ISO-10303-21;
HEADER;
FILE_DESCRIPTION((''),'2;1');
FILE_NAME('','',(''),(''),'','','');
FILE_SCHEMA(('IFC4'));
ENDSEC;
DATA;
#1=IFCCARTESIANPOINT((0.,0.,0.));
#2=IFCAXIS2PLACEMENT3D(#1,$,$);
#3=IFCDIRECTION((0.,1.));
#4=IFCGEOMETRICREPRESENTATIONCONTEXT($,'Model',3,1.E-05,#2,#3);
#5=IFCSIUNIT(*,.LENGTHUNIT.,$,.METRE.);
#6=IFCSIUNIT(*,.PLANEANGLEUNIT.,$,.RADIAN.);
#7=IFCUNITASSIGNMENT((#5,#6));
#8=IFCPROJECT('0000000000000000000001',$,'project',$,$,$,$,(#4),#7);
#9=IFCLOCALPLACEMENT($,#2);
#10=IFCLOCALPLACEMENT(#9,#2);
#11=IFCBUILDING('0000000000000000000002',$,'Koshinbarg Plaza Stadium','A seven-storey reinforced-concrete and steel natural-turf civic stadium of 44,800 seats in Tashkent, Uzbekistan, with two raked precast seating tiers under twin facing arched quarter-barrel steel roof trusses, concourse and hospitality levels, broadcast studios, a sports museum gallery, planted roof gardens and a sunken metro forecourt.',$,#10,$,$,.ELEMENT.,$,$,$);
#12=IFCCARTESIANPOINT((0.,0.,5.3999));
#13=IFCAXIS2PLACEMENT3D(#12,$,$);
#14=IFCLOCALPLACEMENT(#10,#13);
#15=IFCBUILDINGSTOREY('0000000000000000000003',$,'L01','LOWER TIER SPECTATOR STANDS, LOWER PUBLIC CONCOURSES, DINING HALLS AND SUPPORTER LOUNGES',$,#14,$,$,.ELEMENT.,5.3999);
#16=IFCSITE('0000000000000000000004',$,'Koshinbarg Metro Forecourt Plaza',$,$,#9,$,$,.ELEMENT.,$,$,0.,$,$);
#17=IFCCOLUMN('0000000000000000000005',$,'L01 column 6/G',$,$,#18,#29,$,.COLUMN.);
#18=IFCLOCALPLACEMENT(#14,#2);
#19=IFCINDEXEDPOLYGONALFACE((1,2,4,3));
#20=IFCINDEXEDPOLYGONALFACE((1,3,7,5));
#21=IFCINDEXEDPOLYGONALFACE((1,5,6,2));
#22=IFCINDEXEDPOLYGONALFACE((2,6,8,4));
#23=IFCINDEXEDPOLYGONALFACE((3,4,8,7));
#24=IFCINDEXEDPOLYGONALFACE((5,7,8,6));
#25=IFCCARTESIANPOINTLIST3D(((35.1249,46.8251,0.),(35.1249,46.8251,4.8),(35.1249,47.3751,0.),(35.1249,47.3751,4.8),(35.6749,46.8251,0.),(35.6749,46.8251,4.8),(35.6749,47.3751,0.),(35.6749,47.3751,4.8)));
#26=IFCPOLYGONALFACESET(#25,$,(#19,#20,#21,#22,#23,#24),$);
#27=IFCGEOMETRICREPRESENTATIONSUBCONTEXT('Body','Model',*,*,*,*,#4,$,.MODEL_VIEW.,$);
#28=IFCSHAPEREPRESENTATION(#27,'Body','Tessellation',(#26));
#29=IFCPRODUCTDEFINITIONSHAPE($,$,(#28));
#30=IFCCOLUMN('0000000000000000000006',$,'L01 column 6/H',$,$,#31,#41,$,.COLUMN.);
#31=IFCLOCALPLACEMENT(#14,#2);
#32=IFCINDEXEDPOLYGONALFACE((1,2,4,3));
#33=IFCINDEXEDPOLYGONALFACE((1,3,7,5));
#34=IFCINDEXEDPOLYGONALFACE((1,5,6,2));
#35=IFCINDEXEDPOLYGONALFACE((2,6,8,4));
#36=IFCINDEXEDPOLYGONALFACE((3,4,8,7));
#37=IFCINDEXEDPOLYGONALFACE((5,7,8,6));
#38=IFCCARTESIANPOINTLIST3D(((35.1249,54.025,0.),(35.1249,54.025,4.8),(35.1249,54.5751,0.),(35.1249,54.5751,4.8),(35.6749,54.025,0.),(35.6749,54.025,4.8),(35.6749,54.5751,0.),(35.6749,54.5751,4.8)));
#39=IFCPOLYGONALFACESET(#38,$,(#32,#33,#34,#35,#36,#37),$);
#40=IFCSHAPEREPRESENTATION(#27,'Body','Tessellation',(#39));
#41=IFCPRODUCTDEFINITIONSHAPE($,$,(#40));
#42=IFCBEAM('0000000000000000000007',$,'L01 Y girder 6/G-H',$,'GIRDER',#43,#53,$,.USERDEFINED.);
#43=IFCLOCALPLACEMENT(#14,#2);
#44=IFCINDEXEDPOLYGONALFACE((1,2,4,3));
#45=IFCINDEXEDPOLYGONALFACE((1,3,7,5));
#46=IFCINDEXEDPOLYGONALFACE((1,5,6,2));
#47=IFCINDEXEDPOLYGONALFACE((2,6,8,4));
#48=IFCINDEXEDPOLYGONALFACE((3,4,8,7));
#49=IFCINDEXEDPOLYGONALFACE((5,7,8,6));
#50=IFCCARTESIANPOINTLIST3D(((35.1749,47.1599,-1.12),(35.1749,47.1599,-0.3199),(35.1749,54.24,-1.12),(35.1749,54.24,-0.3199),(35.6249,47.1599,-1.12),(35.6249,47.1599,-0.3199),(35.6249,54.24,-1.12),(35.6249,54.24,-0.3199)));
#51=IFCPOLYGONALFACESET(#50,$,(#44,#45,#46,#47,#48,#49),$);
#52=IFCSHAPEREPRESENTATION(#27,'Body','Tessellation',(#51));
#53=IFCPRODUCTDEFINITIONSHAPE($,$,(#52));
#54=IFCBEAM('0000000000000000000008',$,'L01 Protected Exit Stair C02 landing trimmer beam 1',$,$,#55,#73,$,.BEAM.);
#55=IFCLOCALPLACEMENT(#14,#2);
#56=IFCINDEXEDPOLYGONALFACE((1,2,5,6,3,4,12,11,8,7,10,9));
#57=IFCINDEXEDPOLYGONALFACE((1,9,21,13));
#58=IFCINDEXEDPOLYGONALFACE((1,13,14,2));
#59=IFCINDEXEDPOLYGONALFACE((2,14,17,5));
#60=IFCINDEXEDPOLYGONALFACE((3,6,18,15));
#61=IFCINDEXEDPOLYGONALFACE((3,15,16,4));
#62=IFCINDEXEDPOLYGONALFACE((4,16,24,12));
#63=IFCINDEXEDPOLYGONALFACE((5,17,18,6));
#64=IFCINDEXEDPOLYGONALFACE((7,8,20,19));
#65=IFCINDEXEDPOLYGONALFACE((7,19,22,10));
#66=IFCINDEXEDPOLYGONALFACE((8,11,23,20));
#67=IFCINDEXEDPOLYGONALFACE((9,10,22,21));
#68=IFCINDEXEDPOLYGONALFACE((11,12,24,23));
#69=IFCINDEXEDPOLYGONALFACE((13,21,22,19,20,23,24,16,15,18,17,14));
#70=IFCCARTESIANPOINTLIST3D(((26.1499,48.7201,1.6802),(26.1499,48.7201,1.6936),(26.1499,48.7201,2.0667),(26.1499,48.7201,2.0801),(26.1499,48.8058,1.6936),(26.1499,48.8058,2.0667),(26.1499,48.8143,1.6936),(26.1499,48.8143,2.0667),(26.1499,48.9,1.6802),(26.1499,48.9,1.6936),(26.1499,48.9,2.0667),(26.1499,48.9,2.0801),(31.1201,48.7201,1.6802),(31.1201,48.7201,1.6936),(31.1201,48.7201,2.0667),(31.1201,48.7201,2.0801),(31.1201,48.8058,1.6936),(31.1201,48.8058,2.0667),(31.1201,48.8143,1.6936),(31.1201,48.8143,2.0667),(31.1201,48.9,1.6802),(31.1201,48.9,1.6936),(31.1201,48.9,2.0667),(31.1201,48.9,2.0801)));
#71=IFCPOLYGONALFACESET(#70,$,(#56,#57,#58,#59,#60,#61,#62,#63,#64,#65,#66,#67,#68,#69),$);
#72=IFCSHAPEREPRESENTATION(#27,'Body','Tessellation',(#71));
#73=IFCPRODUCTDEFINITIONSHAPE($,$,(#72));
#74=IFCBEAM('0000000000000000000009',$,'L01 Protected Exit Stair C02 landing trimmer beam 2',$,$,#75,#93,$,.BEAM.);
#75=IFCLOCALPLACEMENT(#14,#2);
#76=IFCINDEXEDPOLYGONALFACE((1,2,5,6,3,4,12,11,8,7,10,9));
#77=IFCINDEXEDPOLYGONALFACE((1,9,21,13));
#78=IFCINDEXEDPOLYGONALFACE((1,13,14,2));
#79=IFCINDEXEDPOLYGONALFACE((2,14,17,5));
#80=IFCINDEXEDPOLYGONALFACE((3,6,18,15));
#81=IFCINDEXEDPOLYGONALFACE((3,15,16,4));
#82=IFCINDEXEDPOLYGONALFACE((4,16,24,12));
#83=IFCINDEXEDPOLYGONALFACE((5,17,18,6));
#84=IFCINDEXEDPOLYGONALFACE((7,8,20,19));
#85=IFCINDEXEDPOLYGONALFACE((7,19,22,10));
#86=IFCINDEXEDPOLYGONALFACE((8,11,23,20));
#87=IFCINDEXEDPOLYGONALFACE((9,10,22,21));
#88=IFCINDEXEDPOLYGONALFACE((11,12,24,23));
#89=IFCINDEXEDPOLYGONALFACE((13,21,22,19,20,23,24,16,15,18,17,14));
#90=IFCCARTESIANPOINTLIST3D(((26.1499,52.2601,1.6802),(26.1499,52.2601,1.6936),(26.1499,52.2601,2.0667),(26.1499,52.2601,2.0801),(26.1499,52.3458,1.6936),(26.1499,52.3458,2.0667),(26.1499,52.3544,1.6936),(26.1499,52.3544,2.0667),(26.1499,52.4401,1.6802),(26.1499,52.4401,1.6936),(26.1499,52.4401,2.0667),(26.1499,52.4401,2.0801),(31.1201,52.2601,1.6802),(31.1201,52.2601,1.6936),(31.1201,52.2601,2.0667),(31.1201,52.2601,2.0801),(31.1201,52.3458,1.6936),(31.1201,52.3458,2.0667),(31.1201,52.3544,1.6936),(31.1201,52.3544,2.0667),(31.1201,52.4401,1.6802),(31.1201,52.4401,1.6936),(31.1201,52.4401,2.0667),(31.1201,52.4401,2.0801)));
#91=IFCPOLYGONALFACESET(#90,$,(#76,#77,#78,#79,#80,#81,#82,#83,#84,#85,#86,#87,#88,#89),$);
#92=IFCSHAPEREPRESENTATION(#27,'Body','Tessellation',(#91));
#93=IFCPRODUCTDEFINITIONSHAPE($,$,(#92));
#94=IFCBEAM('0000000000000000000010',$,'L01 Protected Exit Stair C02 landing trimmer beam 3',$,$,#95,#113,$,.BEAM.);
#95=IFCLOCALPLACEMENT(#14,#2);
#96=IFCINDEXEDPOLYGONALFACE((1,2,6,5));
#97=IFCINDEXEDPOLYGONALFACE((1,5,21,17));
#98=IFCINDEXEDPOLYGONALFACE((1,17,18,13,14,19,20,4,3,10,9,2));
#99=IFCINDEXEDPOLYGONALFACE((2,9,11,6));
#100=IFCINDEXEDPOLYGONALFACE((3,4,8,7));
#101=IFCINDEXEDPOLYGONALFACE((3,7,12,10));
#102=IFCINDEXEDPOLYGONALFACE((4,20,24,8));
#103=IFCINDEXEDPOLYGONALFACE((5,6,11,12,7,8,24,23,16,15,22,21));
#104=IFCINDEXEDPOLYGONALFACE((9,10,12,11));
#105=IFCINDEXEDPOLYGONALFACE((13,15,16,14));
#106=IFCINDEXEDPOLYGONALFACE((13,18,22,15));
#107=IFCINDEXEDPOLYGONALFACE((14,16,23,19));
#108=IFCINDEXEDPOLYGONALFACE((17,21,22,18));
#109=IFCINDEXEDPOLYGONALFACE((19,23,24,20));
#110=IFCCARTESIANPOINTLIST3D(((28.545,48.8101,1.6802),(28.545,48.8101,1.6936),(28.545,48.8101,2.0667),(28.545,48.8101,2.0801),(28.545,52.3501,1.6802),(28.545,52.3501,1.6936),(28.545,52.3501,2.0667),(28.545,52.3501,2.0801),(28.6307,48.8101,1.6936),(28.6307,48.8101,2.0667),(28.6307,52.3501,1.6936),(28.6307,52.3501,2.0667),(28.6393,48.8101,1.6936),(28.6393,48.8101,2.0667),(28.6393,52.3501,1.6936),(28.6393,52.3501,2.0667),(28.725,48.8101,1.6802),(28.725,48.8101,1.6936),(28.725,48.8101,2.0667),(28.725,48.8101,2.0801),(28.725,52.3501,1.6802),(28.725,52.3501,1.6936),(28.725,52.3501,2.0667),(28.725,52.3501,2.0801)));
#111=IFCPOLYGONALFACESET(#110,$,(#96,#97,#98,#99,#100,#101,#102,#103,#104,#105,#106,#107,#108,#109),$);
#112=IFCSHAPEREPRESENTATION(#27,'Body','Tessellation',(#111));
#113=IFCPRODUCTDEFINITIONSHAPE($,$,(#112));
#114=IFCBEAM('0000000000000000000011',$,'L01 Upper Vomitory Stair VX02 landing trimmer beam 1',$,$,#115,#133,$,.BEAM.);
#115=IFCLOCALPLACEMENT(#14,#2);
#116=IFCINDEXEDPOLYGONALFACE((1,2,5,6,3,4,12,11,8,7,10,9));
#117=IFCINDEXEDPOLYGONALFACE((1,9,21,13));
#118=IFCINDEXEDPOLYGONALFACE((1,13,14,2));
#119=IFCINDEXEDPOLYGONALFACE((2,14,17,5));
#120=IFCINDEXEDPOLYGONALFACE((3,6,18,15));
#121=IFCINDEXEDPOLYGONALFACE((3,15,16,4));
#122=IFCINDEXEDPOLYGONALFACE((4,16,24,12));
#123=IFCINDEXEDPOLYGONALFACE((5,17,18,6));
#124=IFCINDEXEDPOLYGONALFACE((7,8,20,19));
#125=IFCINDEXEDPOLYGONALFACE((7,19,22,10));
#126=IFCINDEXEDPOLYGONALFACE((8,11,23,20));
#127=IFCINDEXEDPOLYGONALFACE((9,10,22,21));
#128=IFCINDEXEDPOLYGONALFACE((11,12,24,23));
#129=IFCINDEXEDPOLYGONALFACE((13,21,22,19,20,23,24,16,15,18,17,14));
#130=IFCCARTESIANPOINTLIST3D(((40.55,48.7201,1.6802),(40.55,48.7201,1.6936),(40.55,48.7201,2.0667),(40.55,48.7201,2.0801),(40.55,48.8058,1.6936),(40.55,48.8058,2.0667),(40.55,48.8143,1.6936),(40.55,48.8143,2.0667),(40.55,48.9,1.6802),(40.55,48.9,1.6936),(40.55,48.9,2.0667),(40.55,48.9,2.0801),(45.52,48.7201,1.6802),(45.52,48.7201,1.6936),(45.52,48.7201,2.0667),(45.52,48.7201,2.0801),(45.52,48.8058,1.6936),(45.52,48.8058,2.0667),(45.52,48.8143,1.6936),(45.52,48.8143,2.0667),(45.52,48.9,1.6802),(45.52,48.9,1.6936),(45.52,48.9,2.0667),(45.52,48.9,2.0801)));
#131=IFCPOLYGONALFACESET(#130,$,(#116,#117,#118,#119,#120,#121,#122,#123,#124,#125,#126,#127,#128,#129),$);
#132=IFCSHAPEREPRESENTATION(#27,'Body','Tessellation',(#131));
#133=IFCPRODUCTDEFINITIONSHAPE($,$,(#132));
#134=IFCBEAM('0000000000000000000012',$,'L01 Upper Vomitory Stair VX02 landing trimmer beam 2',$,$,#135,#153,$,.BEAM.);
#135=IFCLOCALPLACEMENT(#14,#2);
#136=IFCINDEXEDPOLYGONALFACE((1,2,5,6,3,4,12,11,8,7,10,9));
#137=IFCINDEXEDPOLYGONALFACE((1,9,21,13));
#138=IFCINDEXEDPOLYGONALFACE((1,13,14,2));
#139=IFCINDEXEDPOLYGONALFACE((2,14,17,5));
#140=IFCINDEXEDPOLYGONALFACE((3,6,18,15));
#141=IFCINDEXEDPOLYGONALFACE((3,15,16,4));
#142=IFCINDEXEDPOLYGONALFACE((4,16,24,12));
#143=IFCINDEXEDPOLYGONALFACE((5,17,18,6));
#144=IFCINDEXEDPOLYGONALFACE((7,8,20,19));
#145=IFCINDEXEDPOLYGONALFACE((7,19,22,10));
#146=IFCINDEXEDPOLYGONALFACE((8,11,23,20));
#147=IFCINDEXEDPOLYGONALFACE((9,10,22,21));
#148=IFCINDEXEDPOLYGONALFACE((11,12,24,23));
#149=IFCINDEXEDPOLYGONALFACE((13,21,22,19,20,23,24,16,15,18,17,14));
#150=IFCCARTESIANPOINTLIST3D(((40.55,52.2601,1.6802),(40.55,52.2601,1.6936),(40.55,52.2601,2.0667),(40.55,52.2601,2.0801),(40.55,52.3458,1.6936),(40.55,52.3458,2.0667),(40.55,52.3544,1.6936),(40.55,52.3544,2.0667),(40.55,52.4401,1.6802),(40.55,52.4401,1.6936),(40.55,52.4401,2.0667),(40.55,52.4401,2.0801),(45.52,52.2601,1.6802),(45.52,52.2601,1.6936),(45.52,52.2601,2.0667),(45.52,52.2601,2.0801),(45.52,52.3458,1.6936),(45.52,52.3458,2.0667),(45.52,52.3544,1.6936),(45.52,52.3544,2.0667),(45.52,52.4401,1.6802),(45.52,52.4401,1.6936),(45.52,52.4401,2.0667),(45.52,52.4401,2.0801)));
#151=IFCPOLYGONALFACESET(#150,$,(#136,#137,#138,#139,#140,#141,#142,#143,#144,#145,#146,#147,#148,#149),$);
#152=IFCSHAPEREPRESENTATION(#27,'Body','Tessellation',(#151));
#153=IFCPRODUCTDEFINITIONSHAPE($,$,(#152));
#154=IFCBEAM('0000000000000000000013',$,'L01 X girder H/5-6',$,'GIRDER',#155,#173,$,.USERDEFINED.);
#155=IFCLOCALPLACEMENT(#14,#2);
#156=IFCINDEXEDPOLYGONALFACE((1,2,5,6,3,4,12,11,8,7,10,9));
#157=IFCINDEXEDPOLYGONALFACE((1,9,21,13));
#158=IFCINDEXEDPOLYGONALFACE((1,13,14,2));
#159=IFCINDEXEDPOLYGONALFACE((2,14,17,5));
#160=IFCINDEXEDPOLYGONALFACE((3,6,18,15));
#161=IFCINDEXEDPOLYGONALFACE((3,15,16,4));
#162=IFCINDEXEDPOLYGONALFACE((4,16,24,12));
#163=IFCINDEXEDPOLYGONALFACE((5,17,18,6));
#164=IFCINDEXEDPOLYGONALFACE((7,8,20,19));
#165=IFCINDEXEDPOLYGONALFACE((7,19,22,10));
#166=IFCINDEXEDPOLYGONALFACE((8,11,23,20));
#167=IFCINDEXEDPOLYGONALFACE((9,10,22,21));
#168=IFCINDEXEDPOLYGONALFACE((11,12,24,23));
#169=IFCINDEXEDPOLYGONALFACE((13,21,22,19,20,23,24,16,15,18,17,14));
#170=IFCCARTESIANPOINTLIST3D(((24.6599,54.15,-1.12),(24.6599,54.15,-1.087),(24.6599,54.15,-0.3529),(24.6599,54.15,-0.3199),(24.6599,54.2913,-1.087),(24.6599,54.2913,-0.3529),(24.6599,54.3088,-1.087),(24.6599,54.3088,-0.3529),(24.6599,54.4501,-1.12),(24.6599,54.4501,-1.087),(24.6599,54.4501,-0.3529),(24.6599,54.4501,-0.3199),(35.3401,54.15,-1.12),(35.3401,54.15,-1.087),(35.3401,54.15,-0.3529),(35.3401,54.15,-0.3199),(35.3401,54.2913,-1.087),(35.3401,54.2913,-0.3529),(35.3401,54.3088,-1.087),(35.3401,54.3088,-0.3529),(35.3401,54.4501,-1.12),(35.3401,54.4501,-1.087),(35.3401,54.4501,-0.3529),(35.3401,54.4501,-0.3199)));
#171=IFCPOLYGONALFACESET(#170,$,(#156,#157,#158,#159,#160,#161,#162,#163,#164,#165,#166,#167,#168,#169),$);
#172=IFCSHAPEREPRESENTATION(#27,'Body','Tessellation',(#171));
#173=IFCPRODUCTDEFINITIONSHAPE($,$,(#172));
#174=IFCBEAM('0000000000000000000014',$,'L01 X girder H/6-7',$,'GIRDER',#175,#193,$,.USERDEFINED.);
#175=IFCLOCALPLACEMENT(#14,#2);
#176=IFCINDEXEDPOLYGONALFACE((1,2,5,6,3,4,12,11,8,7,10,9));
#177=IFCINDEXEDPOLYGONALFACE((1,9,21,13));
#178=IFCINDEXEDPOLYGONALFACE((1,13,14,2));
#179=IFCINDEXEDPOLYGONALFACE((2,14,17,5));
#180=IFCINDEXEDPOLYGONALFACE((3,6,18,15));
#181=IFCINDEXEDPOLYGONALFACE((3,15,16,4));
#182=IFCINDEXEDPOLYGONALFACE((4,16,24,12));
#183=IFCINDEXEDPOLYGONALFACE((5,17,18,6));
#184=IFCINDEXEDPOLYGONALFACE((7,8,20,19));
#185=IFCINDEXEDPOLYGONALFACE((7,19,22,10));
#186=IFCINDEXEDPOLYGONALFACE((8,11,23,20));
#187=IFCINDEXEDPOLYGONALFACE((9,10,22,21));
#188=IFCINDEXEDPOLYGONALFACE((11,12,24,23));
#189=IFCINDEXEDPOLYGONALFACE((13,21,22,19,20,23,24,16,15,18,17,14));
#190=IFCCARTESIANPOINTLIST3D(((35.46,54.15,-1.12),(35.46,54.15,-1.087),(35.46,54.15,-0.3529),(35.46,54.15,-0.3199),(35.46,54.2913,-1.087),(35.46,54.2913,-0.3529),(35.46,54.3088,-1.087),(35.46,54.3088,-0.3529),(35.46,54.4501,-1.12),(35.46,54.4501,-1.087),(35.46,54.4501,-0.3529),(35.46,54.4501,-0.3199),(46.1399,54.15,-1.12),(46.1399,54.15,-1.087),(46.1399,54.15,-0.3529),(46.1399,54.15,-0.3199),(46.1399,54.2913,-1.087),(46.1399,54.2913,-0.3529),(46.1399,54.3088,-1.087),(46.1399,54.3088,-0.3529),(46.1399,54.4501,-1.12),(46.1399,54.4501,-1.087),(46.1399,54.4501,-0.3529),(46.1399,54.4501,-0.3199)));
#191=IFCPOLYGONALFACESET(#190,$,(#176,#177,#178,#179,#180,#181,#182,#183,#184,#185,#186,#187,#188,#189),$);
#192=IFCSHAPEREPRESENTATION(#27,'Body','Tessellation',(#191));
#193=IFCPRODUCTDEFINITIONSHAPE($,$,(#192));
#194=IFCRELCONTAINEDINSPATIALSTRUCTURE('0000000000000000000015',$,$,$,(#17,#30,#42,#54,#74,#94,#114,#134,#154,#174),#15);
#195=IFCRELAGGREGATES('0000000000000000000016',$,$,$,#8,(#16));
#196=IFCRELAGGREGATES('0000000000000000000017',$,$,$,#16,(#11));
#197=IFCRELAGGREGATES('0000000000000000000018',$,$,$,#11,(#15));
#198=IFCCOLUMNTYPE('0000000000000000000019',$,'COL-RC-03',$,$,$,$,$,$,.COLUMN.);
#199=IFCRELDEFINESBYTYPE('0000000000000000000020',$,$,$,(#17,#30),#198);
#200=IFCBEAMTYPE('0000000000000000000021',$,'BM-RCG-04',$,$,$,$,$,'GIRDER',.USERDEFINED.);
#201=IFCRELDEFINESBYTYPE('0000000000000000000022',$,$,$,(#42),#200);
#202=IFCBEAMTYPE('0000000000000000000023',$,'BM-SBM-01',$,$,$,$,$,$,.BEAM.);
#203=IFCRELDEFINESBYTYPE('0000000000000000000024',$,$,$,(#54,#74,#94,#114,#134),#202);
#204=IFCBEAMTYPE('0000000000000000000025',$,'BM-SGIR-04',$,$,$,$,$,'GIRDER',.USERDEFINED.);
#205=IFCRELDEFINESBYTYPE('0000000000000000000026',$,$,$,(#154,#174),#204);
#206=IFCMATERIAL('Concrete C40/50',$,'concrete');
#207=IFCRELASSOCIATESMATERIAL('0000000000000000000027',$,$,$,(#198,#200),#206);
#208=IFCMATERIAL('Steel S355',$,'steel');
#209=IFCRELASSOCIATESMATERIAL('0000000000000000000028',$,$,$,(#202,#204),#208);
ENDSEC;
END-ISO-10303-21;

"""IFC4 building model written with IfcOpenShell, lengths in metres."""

from ifc_helpers import new_model, si_unit, direction, frame, origin, origin_2d, place, context, subcontext, project, spatial, rectangle, i_section, extrude, material, material_profile, profile_set, type_object, element, save


model = new_model("IFC4")

# Units and contexts
model_context = context("Model", 3, precision=1e-05, world=origin(), true_north=direction((0.0, 1.0)))
body_context = subcontext(model_context, "Body", "Model", "MODEL_VIEW")
ifc_project = project(units=[si_unit("LENGTHUNIT", "METRE"), si_unit("PLANEANGLEUNIT", "RADIAN")], contexts=[model_context])

# Site, building, storey
site_placement = place(None, origin())
site = spatial("IfcSite", under=ifc_project, at=site_placement, Name="Koshinbarg Metro Forecourt Plaza", CompositionType="ELEMENT", RefElevation=0.0)
building_placement = place(site_placement, origin())
building = spatial("IfcBuilding", under=site, at=building_placement, Name="Koshinbarg Plaza Stadium", Description="A seven-storey reinforced-concrete and steel natural-turf civic stadium of 44,800 seats in Tashkent, Uzbekistan, with two raked precast seating tiers under twin facing arched quarter-barrel steel roof trusses, concourse and hospitality levels, broadcast studios, a sports museum gallery, planted roof gardens and a sunken metro forecourt.", CompositionType="ELEMENT")
storey_placement = place(building_placement, frame((0.0, 0.0, 5.3999)))
storey = spatial("IfcBuildingStorey", under=building, at=storey_placement, Name="L01", Description="LOWER TIER SPECTATOR STANDS, LOWER PUBLIC CONCOURSES, DINING HALLS AND SUPPORTER LOUNGES", CompositionType="ELEMENT", Elevation=5.3999)

# Columns
ifc_material_1 = material(Name="Concrete C40/50", Category="concrete")
ifc_material_profile_1 = material_profile(ifc_material_1, rectangle(XDim=0.55, YDim=0.55, at=origin_2d()), Name="RC 550x550")
ifc_profile_set_1 = profile_set([ifc_material_profile_1], Name="Concrete C40/50")
column_type = type_object("IfcColumnType", Name="COL-RC-03", PredefinedType="COLUMN", material=ifc_profile_set_1)
for number, where, z_axis, x_axis, name in (
    (1, (35.3999, 47.1001, 0.0), (0.0, 0.0, 1.0), (1.0, 0.0, 0.0), "L01 column 6/G"),
    (2, (35.3999, 54.3, 0.0), (0.0, 0.0, 1.0), (1.0, 0.0, 0.0), "L01 column 6/H"),
):
    element("IfcColumn", number, at=place(storey_placement, frame(where, z_axis=z_axis, x_axis=x_axis)), inside=storey, type_object=column_type, Name=name, PredefinedType="COLUMN", context=body_context, shape_type="SweptSolid", body=[
        extrude(rectangle(XDim=0.55, YDim=0.55, at=origin_2d()), origin(), (0.0, 0.0, 1.0), 4.8),
    ])

# Beams
ifc_material_profile_2 = material_profile(ifc_material_1, rectangle(XDim=0.45, YDim=0.8, at=origin_2d()), Name="RC 450x800")
ifc_profile_set_2 = profile_set([ifc_material_profile_2], Name="Concrete C40/50")
beam_type_1 = type_object("IfcBeamType", Name="BM-RCG-04", ElementType="GIRDER", PredefinedType="USERDEFINED", material=ifc_profile_set_2)
beam_1_placement = place(storey_placement, frame((35.3999, 47.1599, -0.72), z_axis=(0.0, 1.0, 0.0), x_axis=(-1.0, 0.0, 0.0)))
element("IfcBeam", 3, at=beam_1_placement, inside=storey, type_object=beam_type_1, Name="L01 Y girder 6/G-H", ObjectType="GIRDER", PredefinedType="USERDEFINED", context=body_context, shape_type="SweptSolid", body=[
    extrude(rectangle(XDim=0.45, YDim=0.8, at=origin_2d()), origin(), (0.0, 0.0, 1.0), 7.0801),
])
ifc_material_2 = material(Name="Steel S355", Category="steel")
ifc_material_profile_3 = material_profile(ifc_material_2, i_section(OverallWidth=0.1799, OverallDepth=0.3999, WebThickness=0.0085, FlangeThickness=0.0134, at=origin_2d()), Name="IPE 400")
ifc_profile_set_3 = profile_set([ifc_material_profile_3], Name="Steel S355")
beam_type_2 = type_object("IfcBeamType", Name="BM-SBM-01", PredefinedType="BEAM", material=ifc_profile_set_3)
for number, where, z_axis, x_axis, name in (
    (4, (26.1499, 48.8101, 1.8801), (1.0, 0.0, 0.0), (0.0, 1.0, 0.0), "L01 Protected Exit Stair C02 landing trimmer beam 1"),
    (5, (26.1499, 52.3501, 1.8801), (1.0, 0.0, 0.0), (0.0, 1.0, 0.0), "L01 Protected Exit Stair C02 landing trimmer beam 2"),
):
    element("IfcBeam", number, at=place(storey_placement, frame(where, z_axis=z_axis, x_axis=x_axis)), inside=storey, type_object=beam_type_2, Name=name, PredefinedType="BEAM", context=body_context, shape_type="SweptSolid", body=[
        extrude(i_section(OverallWidth=0.1799, OverallDepth=0.3999, WebThickness=0.0085, FlangeThickness=0.0134, at=origin_2d()), origin(), (0.0, 0.0, 1.0), 4.9702),
    ])
beam_2_placement = place(storey_placement, frame((28.635, 48.8101, 1.8801), z_axis=(0.0, 1.0, 0.0), x_axis=(-1.0, 0.0, 0.0)))
element("IfcBeam", 6, at=beam_2_placement, inside=storey, type_object=beam_type_2, Name="L01 Protected Exit Stair C02 landing trimmer beam 3", PredefinedType="BEAM", context=body_context, shape_type="SweptSolid", body=[
    extrude(i_section(OverallWidth=0.1799, OverallDepth=0.3999, WebThickness=0.0085, FlangeThickness=0.0134, at=origin_2d()), origin(), (0.0, 0.0, 1.0), 3.54),
])
for number, where, z_axis, x_axis, name in (
    (7, (40.55, 48.8101, 1.8801), (1.0, 0.0, 0.0), (0.0, 1.0, 0.0), "L01 Upper Vomitory Stair VX02 landing trimmer beam 1"),
    (8, (40.55, 52.3501, 1.8801), (1.0, 0.0, 0.0), (0.0, 1.0, 0.0), "L01 Upper Vomitory Stair VX02 landing trimmer beam 2"),
):
    element("IfcBeam", number, at=place(storey_placement, frame(where, z_axis=z_axis, x_axis=x_axis)), inside=storey, type_object=beam_type_2, Name=name, PredefinedType="BEAM", context=body_context, shape_type="SweptSolid", body=[
        extrude(i_section(OverallWidth=0.1799, OverallDepth=0.3999, WebThickness=0.0085, FlangeThickness=0.0134, at=origin_2d()), origin(), (0.0, 0.0, 1.0), 4.97),
    ])
ifc_material_profile_4 = material_profile(ifc_material_2, i_section(OverallWidth=0.3, OverallDepth=0.8, WebThickness=0.0176, FlangeThickness=0.033, at=origin_2d()), Name="HEB 800")
ifc_profile_set_4 = profile_set([ifc_material_profile_4], Name="Steel S355")
beam_type_3 = type_object("IfcBeamType", Name="BM-SGIR-04", ElementType="GIRDER", PredefinedType="USERDEFINED", material=ifc_profile_set_4)
beam_3_placement = place(storey_placement, frame((24.6599, 54.3, -0.72), z_axis=(1.0, 0.0, 0.0), x_axis=(0.0, 1.0, 0.0)))
element("IfcBeam", 9, at=beam_3_placement, inside=storey, type_object=beam_type_3, Name="L01 X girder H/5-6", ObjectType="GIRDER", PredefinedType="USERDEFINED", context=body_context, shape_type="SweptSolid", body=[
    extrude(i_section(OverallWidth=0.3, OverallDepth=0.8, WebThickness=0.0176, FlangeThickness=0.033, at=origin_2d()), origin(), (0.0, 0.0, 1.0), 10.6802),
])
beam_4_placement = place(storey_placement, frame((35.46, 54.3, -0.72), z_axis=(1.0, 0.0, 0.0), x_axis=(0.0, 1.0, 0.0)))
element("IfcBeam", 10, at=beam_4_placement, inside=storey, type_object=beam_type_3, Name="L01 X girder H/6-7", ObjectType="GIRDER", PredefinedType="USERDEFINED", context=body_context, shape_type="SweptSolid", body=[
    extrude(i_section(OverallWidth=0.3, OverallDepth=0.8, WebThickness=0.0176, FlangeThickness=0.033, at=origin_2d()), origin(), (0.0, 0.0, 1.0), 10.6799),
])

save(model, "model.ifc")
